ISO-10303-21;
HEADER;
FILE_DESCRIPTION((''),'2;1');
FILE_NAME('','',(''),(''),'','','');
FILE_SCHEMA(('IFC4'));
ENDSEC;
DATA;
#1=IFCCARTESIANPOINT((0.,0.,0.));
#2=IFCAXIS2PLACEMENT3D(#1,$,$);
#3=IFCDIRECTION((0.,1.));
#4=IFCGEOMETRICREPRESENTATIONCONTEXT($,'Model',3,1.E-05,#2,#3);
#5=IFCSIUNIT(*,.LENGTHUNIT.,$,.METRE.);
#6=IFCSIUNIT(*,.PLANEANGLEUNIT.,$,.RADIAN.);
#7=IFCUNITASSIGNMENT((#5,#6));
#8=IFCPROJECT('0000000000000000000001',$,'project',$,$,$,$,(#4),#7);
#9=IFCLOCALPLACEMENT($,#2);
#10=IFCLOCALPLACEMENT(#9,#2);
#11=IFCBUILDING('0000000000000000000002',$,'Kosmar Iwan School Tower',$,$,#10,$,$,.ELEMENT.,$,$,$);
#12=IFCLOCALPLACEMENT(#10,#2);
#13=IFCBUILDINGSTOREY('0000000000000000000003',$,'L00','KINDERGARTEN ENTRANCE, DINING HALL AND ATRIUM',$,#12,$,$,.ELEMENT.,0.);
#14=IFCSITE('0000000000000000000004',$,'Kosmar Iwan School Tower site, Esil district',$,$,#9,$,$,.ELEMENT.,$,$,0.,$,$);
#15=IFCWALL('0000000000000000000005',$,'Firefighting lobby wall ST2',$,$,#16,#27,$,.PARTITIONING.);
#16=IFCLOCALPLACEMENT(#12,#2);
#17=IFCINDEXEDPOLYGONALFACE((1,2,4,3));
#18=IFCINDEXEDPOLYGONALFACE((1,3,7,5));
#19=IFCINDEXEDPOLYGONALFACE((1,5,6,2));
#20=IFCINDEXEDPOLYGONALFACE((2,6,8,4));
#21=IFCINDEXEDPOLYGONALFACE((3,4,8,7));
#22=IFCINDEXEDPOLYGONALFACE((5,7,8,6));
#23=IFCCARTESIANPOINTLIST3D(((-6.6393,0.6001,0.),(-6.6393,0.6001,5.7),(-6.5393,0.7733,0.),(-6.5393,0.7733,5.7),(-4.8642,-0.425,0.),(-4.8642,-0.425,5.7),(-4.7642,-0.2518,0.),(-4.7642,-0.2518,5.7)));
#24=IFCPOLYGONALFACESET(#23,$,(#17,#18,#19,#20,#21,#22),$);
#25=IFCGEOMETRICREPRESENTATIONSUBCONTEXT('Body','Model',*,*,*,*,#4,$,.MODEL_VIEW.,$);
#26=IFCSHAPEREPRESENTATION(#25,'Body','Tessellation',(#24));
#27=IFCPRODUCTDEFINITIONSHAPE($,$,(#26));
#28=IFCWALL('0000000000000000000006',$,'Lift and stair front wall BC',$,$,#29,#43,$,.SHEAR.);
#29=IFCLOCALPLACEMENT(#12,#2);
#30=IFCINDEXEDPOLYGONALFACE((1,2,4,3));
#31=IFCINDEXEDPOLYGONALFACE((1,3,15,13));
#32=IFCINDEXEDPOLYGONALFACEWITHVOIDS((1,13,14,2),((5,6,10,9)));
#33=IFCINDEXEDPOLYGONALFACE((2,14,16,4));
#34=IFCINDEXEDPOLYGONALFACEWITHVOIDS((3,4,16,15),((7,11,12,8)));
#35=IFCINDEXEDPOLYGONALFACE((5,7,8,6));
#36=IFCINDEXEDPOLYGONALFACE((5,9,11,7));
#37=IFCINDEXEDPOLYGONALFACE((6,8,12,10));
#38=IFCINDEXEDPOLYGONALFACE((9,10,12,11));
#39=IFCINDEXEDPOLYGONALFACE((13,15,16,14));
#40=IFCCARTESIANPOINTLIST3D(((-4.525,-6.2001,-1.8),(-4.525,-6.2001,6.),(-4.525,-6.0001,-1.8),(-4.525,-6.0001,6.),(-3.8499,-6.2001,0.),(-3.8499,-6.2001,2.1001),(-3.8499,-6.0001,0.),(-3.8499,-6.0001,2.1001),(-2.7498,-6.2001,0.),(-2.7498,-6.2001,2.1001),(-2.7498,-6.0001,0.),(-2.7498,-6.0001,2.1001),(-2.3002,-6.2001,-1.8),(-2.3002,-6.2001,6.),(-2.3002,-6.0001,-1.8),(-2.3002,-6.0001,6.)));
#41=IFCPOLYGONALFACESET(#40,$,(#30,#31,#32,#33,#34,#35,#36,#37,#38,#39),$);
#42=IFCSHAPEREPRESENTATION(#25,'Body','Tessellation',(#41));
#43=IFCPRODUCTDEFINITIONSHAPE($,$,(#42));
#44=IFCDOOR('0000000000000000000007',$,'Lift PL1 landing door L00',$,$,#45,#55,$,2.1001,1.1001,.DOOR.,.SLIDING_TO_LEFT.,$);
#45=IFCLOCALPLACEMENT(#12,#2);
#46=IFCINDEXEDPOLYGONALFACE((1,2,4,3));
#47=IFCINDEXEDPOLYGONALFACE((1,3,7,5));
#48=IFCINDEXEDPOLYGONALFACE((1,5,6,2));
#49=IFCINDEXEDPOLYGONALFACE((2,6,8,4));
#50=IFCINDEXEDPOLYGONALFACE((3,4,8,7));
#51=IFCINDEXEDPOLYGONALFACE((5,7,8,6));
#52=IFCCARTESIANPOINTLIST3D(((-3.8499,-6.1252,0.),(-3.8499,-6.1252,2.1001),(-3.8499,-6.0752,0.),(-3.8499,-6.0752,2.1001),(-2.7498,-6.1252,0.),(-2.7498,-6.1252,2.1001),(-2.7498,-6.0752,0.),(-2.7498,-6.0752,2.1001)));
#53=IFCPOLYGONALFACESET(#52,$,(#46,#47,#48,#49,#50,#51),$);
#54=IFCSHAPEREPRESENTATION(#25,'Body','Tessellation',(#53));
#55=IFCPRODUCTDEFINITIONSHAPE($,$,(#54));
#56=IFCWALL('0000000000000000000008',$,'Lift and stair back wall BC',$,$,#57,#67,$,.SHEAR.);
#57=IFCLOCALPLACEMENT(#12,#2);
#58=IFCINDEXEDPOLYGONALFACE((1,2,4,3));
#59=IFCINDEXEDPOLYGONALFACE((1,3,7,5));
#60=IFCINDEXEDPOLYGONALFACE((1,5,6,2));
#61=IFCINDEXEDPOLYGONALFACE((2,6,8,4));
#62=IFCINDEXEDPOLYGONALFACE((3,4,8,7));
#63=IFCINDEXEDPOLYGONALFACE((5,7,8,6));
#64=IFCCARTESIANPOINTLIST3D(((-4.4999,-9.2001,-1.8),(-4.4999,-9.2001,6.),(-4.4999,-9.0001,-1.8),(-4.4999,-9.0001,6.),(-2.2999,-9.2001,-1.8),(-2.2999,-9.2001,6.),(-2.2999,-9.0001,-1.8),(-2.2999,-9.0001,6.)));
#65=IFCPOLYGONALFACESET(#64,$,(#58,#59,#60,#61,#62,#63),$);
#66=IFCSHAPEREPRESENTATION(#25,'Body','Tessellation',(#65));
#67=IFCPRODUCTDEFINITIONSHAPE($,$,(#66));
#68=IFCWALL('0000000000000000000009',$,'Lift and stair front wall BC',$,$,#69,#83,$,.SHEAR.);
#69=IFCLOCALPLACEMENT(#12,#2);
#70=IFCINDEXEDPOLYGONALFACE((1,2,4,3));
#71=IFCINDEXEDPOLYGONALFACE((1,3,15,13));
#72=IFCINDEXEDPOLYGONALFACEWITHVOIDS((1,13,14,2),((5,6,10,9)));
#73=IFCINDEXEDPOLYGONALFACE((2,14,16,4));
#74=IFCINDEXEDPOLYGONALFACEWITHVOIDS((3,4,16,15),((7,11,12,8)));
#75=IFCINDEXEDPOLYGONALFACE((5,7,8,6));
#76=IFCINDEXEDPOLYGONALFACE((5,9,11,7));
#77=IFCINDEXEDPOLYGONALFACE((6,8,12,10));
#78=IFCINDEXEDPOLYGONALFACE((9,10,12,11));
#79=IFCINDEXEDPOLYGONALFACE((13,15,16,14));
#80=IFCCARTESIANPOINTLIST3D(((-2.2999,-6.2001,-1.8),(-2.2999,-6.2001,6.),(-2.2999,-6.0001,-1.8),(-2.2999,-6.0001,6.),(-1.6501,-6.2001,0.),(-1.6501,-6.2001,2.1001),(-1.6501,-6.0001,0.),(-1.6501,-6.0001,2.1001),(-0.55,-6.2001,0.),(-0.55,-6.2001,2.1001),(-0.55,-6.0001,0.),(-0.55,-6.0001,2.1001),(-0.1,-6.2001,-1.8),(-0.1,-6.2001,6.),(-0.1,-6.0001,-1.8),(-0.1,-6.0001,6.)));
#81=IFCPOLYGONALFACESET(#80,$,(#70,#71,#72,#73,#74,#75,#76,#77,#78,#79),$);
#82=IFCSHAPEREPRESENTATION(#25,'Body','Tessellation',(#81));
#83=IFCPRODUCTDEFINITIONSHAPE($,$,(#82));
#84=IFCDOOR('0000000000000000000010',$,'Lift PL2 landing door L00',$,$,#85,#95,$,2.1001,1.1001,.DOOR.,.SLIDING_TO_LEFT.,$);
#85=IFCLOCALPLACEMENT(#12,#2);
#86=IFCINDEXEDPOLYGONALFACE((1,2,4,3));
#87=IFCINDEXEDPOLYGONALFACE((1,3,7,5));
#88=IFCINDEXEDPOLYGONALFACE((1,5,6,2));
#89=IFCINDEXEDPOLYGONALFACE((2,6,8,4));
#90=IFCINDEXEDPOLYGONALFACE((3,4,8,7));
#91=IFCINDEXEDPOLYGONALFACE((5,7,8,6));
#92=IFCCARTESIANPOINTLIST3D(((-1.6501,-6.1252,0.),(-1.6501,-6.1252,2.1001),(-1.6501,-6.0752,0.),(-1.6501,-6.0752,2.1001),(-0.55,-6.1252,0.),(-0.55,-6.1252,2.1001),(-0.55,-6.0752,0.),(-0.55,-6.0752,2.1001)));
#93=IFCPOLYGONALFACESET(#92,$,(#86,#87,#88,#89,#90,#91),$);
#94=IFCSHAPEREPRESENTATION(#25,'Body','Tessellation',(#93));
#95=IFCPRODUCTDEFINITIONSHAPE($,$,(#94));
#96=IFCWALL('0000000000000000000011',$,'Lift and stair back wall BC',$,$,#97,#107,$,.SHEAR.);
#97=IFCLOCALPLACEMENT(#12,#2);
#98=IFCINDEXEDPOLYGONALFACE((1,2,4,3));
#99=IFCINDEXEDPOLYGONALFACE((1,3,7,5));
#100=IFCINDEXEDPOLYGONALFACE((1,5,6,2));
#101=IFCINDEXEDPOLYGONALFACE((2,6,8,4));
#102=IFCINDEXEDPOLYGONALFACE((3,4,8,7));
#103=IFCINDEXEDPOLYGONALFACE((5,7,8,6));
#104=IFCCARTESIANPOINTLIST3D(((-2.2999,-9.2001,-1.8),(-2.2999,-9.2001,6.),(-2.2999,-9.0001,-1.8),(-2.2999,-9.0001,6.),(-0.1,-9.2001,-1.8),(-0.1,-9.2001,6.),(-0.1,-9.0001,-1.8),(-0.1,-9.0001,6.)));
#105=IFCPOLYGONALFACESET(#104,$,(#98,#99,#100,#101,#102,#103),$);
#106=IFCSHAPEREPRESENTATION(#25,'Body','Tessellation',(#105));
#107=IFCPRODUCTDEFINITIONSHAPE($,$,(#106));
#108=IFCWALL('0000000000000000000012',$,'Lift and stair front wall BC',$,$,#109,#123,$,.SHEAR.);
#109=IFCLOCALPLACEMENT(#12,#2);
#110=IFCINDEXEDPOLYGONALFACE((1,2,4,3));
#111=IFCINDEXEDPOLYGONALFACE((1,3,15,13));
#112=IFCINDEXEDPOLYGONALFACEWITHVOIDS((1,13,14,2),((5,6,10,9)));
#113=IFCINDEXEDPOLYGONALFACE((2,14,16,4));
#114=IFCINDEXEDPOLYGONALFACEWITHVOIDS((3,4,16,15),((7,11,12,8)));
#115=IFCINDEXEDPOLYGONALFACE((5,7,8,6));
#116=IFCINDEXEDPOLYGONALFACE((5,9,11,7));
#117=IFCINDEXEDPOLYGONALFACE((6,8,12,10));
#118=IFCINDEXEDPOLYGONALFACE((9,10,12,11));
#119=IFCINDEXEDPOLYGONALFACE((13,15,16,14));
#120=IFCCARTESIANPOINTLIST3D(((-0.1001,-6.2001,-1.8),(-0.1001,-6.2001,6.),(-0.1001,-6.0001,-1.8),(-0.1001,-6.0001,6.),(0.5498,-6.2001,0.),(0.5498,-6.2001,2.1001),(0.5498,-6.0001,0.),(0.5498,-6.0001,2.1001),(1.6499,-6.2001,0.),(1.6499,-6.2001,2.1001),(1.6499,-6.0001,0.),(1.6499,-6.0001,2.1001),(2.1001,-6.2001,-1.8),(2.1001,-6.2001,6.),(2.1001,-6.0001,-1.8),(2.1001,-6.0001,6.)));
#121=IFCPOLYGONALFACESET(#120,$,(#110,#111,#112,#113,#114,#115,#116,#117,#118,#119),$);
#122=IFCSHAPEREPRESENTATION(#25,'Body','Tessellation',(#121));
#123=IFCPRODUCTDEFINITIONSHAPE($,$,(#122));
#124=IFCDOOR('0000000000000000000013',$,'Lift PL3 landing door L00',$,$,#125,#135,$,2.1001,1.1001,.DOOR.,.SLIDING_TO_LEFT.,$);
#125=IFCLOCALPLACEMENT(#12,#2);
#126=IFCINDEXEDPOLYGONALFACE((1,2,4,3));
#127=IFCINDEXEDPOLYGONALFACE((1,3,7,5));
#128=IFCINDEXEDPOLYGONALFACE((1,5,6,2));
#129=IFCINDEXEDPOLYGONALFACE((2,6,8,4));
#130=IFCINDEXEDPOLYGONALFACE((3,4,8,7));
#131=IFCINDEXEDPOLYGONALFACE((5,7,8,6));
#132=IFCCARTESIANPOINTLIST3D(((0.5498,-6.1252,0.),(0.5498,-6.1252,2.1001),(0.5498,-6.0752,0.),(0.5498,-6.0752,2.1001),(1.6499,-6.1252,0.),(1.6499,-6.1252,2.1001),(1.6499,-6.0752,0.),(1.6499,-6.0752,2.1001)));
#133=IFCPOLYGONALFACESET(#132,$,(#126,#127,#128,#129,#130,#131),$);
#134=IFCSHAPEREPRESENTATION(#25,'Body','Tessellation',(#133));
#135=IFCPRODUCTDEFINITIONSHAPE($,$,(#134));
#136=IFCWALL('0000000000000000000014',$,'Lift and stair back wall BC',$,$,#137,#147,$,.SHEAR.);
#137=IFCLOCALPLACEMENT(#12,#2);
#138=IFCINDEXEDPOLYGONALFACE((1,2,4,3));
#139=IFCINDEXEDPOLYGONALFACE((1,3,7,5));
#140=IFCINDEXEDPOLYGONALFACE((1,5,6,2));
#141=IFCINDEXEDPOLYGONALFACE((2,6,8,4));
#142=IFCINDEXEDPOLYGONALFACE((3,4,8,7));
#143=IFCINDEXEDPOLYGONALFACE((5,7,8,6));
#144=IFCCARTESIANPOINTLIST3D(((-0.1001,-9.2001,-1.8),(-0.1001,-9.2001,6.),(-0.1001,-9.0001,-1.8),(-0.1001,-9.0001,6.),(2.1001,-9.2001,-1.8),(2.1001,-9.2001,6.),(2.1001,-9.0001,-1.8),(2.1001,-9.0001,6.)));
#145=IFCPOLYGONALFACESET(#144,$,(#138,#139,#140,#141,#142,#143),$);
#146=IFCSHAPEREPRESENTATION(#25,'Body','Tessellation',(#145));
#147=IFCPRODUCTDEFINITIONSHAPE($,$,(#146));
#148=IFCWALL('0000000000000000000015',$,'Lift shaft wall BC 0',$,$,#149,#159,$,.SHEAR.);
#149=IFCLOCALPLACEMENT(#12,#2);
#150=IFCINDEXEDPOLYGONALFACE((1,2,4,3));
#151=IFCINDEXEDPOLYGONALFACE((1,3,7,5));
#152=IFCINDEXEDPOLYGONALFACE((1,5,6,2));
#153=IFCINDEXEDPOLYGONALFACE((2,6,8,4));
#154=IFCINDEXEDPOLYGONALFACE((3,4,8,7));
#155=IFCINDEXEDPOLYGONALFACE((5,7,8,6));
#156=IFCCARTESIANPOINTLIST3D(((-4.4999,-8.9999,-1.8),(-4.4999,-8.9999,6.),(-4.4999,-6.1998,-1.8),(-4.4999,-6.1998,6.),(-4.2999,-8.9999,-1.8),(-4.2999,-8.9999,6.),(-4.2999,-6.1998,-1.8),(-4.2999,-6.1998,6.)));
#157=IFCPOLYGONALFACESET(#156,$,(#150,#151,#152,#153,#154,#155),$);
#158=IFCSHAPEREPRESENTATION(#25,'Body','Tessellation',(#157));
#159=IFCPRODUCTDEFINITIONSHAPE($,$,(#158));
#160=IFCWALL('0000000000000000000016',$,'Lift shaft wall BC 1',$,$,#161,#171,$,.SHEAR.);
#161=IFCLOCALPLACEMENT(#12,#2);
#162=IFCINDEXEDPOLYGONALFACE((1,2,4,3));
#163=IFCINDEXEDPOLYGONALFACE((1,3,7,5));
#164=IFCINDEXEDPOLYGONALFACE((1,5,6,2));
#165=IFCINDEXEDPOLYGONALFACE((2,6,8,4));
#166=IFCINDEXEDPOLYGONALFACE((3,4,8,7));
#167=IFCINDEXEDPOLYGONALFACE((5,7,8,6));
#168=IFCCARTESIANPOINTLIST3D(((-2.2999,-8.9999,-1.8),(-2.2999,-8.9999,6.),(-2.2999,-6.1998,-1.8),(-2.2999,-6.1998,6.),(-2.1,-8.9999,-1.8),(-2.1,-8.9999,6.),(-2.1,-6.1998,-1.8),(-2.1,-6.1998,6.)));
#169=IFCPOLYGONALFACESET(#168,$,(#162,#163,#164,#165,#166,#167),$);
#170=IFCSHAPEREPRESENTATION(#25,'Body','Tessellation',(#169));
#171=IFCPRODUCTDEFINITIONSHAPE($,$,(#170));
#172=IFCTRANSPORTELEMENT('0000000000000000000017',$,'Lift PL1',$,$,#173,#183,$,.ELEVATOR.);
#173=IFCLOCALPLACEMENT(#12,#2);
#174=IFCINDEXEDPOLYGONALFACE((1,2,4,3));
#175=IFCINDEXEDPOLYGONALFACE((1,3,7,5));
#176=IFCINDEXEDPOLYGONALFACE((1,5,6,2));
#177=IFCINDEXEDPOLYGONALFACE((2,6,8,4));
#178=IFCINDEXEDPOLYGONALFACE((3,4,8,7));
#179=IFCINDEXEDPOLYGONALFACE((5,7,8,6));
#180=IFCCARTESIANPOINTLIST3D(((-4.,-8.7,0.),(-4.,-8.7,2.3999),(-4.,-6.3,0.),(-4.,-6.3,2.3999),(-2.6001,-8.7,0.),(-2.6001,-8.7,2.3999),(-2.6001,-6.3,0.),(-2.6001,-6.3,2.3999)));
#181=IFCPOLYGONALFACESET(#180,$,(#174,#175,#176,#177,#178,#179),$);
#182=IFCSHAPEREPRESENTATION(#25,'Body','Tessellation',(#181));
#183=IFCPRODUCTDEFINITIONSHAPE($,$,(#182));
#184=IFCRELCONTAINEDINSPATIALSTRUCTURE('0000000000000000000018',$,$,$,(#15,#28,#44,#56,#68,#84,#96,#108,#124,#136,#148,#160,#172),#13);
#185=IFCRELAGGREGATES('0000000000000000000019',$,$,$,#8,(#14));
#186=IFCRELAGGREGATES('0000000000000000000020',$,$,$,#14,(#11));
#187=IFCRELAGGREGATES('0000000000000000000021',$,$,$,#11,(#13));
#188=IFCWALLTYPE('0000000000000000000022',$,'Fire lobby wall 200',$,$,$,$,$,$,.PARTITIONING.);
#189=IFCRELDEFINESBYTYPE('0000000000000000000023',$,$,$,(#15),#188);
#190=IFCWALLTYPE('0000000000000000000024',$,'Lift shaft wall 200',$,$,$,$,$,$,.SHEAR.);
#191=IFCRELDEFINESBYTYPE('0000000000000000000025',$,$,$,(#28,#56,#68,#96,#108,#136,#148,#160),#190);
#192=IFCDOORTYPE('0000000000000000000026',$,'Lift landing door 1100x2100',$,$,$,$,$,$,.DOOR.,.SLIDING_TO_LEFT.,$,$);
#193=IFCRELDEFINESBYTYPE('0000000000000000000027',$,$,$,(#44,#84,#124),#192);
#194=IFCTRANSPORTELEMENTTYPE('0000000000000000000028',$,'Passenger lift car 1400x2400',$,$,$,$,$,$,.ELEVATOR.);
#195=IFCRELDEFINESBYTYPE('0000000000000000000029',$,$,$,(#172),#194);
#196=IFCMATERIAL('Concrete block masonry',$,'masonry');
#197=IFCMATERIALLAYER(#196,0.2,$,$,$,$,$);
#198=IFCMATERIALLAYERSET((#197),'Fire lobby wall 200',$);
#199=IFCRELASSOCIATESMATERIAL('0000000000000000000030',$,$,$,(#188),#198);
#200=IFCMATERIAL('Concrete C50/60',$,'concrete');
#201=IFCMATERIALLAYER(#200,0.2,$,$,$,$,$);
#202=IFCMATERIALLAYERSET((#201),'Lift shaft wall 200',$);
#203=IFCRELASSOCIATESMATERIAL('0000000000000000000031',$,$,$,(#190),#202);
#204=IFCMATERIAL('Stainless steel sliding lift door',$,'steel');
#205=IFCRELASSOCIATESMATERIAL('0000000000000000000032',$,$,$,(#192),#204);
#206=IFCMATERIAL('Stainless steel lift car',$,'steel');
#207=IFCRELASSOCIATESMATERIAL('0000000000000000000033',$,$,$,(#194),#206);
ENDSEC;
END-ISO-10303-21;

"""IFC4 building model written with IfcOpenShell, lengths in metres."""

from ifc_helpers import new_model, si_unit, direction, frame, frame_2d, origin, origin_2d, place, context, subcontext, project, spatial, rectangle, extrude, material, layer, layer_set, type_object, element, fill, save


model = new_model("IFC4")

# Units and contexts
model_context = context("Model", 3, precision=1e-05, world=origin(), true_north=direction((0.0, 1.0)))
body_context = subcontext(model_context, "Body", "Model", "MODEL_VIEW")
ifc_project = project(units=[si_unit("LENGTHUNIT", "METRE"), si_unit("PLANEANGLEUNIT", "RADIAN")], contexts=[model_context])

# Site, building, storey
site_placement = place(None, origin())
site = spatial("IfcSite", under=ifc_project, at=site_placement, Name="Kosmar Iwan School Tower site, Esil district", CompositionType="ELEMENT", RefElevation=0.0)
building_placement = place(site_placement, origin())
building = spatial("IfcBuilding", under=site, at=building_placement, Name="Kosmar Iwan School Tower", CompositionType="ELEMENT")
storey_placement = place(building_placement, origin())
storey = spatial("IfcBuildingStorey", under=building, at=storey_placement, Name="L00", Description="KINDERGARTEN ENTRANCE, DINING HALL AND ATRIUM", CompositionType="ELEMENT", Elevation=0.0)

# Wall
ifc_material_1 = material(Name="Concrete block masonry", Category="masonry")
ifc_layer_1 = layer(ifc_material_1, 0.2)
ifc_layer_set_1 = layer_set([ifc_layer_1], Name="Fire lobby wall 200")
wall_type_1 = type_object("IfcWallType", Name="Fire lobby wall 200", PredefinedType="PARTITIONING", material=ifc_layer_set_1)
wall_1_placement = place(storey_placement, frame((-4.8142, -0.3384, 0.0), z_axis=(0.0, 0.0, 1.0), x_axis=(-0.865969, 0.500097, 0.0)))
element("IfcWall", 1, at=wall_1_placement, inside=storey, type_object=wall_type_1, Name="Firefighting lobby wall ST2", PredefinedType="PARTITIONING", context=body_context, shape_type="SweptSolid", body=[
    extrude(rectangle(XDim=2.0498, YDim=0.2, at=frame_2d((1.0249, 0.0))), origin(), (0.0, 0.0, 1.0), 5.7),
])

# Wall, opening, door
ifc_material_2 = material(Name="Concrete C50/60", Category="concrete")
ifc_layer_2 = layer(ifc_material_2, 0.2)
ifc_layer_set_2 = layer_set([ifc_layer_2], Name="Lift shaft wall 200")
wall_type_2 = type_object("IfcWallType", Name="Lift shaft wall 200", PredefinedType="SHEAR", material=ifc_layer_set_2)
wall_2_placement = place(storey_placement, frame((-4.5249, -6.1001, -1.8), z_axis=(0.0, 0.0, 1.0), x_axis=(1.0, 0.0, 0.0)))
wall_2 = element("IfcWall", 2, at=wall_2_placement, inside=storey, type_object=wall_type_2, Name="Lift and stair front wall BC", PredefinedType="SHEAR", context=body_context, shape_type="SweptSolid", body=[
    extrude(rectangle(XDim=2.2249, YDim=0.2, at=frame_2d((1.1123, 0.0))), origin(), (0.0, 0.0, 1.0), 7.8),
])
opening_1_placement = place(wall_2_placement, frame((0.675, 0.0, 1.8)))
opening_1 = element("IfcOpeningElement", 3, at=opening_1_placement, cuts=wall_2, PredefinedType="OPENING", context=body_context, shape_type="SweptSolid", body=[
    extrude(rectangle(XDim=1.1001, YDim=2.1001, at=frame_2d((0.55, 1.05))), frame((0.0, 0.1121, 0.0), z_axis=(0.0, -1.0, 0.0), x_axis=(1.0, 0.0, 0.0)), (0.0, 0.0, 1.0), 0.2239),
])
ifc_material_3 = material(Name="Stainless steel sliding lift door", Category="steel")
door_type_1 = type_object("IfcDoorType", Name="Lift landing door 1100x2100", OperationType="SLIDING_TO_LEFT", PredefinedType="DOOR", material=ifc_material_3)
door_1_placement = place(opening_1_placement, origin())
door_1 = element("IfcDoor", 4, at=door_1_placement, inside=storey, type_object=door_type_1, Name="Lift PL1 landing door L00", OperationType="SLIDING_TO_LEFT", OverallHeight=2.1001, OverallWidth=1.1001, PredefinedType="DOOR", context=body_context, shape_type="SweptSolid", body=[
    extrude(rectangle(XDim=1.1001, YDim=2.1001, at=frame_2d((0.55, 1.05))), frame((0.0, 0.0249, 0.0), z_axis=(0.0, -1.0, 0.0), x_axis=(1.0, 0.0, 0.0)), (0.0, 0.0, 1.0), 0.05),
])
fill(opening_1, door_1)

# Wall
wall_3_placement = place(storey_placement, frame((-4.5, -9.1001, -1.8), z_axis=(0.0, 0.0, 1.0), x_axis=(1.0, 0.0, 0.0)))
element("IfcWall", 5, at=wall_3_placement, inside=storey, type_object=wall_type_2, Name="Lift and stair back wall BC", PredefinedType="SHEAR", context=body_context, shape_type="SweptSolid", body=[
    extrude(rectangle(XDim=2.2, YDim=0.2, at=frame_2d((1.1001, 0.0))), origin(), (0.0, 0.0, 1.0), 7.8),
])

# Wall, opening, door
wall_4_placement = place(storey_placement, frame((-2.3, -6.1001, -1.8), z_axis=(0.0, 0.0, 1.0), x_axis=(1.0, 0.0, 0.0)))
wall_4 = element("IfcWall", 6, at=wall_4_placement, inside=storey, type_object=wall_type_2, Name="Lift and stair front wall BC", PredefinedType="SHEAR", context=body_context, shape_type="SweptSolid", body=[
    extrude(rectangle(XDim=2.2, YDim=0.2, at=frame_2d((1.1001, 0.0))), origin(), (0.0, 0.0, 1.0), 7.8),
])
opening_2_placement = place(wall_4_placement, frame((0.6499, 0.0, 1.8)))
opening_2 = element("IfcOpeningElement", 7, at=opening_2_placement, cuts=wall_4, PredefinedType="OPENING", context=body_context, shape_type="SweptSolid", body=[
    extrude(rectangle(XDim=1.1001, YDim=2.1001, at=frame_2d((0.55, 1.05))), frame((0.0, 0.1121, 0.0), z_axis=(0.0, -1.0, 0.0), x_axis=(1.0, 0.0, 0.0)), (0.0, 0.0, 1.0), 0.2239),
])
door_2_placement = place(opening_2_placement, origin())
door_2 = element("IfcDoor", 8, at=door_2_placement, inside=storey, type_object=door_type_1, Name="Lift PL2 landing door L00", OperationType="SLIDING_TO_LEFT", OverallHeight=2.1001, OverallWidth=1.1001, PredefinedType="DOOR", context=body_context, shape_type="SweptSolid", body=[
    extrude(rectangle(XDim=1.1001, YDim=2.1001, at=frame_2d((0.55, 1.05))), frame((0.0, 0.0249, 0.0), z_axis=(0.0, -1.0, 0.0), x_axis=(1.0, 0.0, 0.0)), (0.0, 0.0, 1.0), 0.05),
])
fill(opening_2, door_2)

# Wall
wall_5_placement = place(storey_placement, frame((-2.3, -9.1001, -1.8), z_axis=(0.0, 0.0, 1.0), x_axis=(1.0, 0.0, 0.0)))
element("IfcWall", 9, at=wall_5_placement, inside=storey, type_object=wall_type_2, Name="Lift and stair back wall BC", PredefinedType="SHEAR", context=body_context, shape_type="SweptSolid", body=[
    extrude(rectangle(XDim=2.2, YDim=0.2, at=frame_2d((1.1001, 0.0))), origin(), (0.0, 0.0, 1.0), 7.8),
])

# Wall, opening, door
wall_6_placement = place(storey_placement, frame((-0.1001, -6.1001, -1.8), z_axis=(0.0, 0.0, 1.0), x_axis=(1.0, 0.0, 0.0)))
wall_6 = element("IfcWall", 10, at=wall_6_placement, inside=storey, type_object=wall_type_2, Name="Lift and stair front wall BC", PredefinedType="SHEAR", context=body_context, shape_type="SweptSolid", body=[
    extrude(rectangle(XDim=2.2002, YDim=0.2, at=frame_2d((1.1001, 0.0))), origin(), (0.0, 0.0, 1.0), 7.8),
])
opening_3_placement = place(wall_6_placement, frame((0.6499, 0.0, 1.8)))
opening_3 = element("IfcOpeningElement", 11, at=opening_3_placement, cuts=wall_6, PredefinedType="OPENING", context=body_context, shape_type="SweptSolid", body=[
    extrude(rectangle(XDim=1.1001, YDim=2.1001, at=frame_2d((0.55, 1.05))), frame((0.0, 0.1121, 0.0), z_axis=(0.0, -1.0, 0.0), x_axis=(1.0, 0.0, 0.0)), (0.0, 0.0, 1.0), 0.2239),
])
door_3_placement = place(opening_3_placement, origin())
door_3 = element("IfcDoor", 12, at=door_3_placement, inside=storey, type_object=door_type_1, Name="Lift PL3 landing door L00", OperationType="SLIDING_TO_LEFT", OverallHeight=2.1001, OverallWidth=1.1001, PredefinedType="DOOR", context=body_context, shape_type="SweptSolid", body=[
    extrude(rectangle(XDim=1.1001, YDim=2.1001, at=frame_2d((0.55, 1.05))), frame((0.0, 0.0249, 0.0), z_axis=(0.0, -1.0, 0.0), x_axis=(1.0, 0.0, 0.0)), (0.0, 0.0, 1.0), 0.05),
])
fill(opening_3, door_3)

# Walls
wall_7_placement = place(storey_placement, frame((-0.1001, -9.1001, -1.8), z_axis=(0.0, 0.0, 1.0), x_axis=(1.0, 0.0, 0.0)))
element("IfcWall", 13, at=wall_7_placement, inside=storey, type_object=wall_type_2, Name="Lift and stair back wall BC", PredefinedType="SHEAR", context=body_context, shape_type="SweptSolid", body=[
    extrude(rectangle(XDim=2.2002, YDim=0.2, at=frame_2d((1.1001, 0.0))), origin(), (0.0, 0.0, 1.0), 7.8),
])
for number, where, z_axis, x_axis, name in (
    (14, (-4.3999, -6.2, -1.8), (0.0, 0.0, 1.0), (0.0, -1.0, 0.0), "Lift shaft wall BC 0"),
    (15, (-2.2, -6.2, -1.8), (0.0, 0.0, 1.0), (0.0, -1.0, 0.0), "Lift shaft wall BC 1"),
):
    element("IfcWall", number, at=place(storey_placement, frame(where, z_axis=z_axis, x_axis=x_axis)), inside=storey, type_object=wall_type_2, Name=name, PredefinedType="SHEAR", context=body_context, shape_type="SweptSolid", body=[
        extrude(rectangle(XDim=2.8, YDim=0.2, at=frame_2d((1.3999, 0.0))), origin(), (0.0, 0.0, 1.0), 7.8),
    ])

# Transport element
ifc_material_4 = material(Name="Stainless steel lift car", Category="steel")
transport_element_type = type_object("IfcTransportElementType", Name="Passenger lift car 1400x2400", PredefinedType="ELEVATOR", material=ifc_material_4)
for number, where, z_axis, x_axis, name in (
    (16, (-3.3, -7.5, 0.0), (0.0, 0.0, 1.0), (0.0, -1.0, 0.0), "Lift PL1"),
):
    element("IfcTransportElement", number, at=place(storey_placement, frame(where, z_axis=z_axis, x_axis=x_axis)), inside=storey, type_object=transport_element_type, Name=name, PredefinedType="ELEVATOR", context=body_context, shape_type="SweptSolid", body=[
        extrude(rectangle(XDim=2.3999, YDim=1.3999, at=origin_2d()), origin(), (0.0, 0.0, 1.0), 2.3999),
    ])

save(model, "model.ifc")
